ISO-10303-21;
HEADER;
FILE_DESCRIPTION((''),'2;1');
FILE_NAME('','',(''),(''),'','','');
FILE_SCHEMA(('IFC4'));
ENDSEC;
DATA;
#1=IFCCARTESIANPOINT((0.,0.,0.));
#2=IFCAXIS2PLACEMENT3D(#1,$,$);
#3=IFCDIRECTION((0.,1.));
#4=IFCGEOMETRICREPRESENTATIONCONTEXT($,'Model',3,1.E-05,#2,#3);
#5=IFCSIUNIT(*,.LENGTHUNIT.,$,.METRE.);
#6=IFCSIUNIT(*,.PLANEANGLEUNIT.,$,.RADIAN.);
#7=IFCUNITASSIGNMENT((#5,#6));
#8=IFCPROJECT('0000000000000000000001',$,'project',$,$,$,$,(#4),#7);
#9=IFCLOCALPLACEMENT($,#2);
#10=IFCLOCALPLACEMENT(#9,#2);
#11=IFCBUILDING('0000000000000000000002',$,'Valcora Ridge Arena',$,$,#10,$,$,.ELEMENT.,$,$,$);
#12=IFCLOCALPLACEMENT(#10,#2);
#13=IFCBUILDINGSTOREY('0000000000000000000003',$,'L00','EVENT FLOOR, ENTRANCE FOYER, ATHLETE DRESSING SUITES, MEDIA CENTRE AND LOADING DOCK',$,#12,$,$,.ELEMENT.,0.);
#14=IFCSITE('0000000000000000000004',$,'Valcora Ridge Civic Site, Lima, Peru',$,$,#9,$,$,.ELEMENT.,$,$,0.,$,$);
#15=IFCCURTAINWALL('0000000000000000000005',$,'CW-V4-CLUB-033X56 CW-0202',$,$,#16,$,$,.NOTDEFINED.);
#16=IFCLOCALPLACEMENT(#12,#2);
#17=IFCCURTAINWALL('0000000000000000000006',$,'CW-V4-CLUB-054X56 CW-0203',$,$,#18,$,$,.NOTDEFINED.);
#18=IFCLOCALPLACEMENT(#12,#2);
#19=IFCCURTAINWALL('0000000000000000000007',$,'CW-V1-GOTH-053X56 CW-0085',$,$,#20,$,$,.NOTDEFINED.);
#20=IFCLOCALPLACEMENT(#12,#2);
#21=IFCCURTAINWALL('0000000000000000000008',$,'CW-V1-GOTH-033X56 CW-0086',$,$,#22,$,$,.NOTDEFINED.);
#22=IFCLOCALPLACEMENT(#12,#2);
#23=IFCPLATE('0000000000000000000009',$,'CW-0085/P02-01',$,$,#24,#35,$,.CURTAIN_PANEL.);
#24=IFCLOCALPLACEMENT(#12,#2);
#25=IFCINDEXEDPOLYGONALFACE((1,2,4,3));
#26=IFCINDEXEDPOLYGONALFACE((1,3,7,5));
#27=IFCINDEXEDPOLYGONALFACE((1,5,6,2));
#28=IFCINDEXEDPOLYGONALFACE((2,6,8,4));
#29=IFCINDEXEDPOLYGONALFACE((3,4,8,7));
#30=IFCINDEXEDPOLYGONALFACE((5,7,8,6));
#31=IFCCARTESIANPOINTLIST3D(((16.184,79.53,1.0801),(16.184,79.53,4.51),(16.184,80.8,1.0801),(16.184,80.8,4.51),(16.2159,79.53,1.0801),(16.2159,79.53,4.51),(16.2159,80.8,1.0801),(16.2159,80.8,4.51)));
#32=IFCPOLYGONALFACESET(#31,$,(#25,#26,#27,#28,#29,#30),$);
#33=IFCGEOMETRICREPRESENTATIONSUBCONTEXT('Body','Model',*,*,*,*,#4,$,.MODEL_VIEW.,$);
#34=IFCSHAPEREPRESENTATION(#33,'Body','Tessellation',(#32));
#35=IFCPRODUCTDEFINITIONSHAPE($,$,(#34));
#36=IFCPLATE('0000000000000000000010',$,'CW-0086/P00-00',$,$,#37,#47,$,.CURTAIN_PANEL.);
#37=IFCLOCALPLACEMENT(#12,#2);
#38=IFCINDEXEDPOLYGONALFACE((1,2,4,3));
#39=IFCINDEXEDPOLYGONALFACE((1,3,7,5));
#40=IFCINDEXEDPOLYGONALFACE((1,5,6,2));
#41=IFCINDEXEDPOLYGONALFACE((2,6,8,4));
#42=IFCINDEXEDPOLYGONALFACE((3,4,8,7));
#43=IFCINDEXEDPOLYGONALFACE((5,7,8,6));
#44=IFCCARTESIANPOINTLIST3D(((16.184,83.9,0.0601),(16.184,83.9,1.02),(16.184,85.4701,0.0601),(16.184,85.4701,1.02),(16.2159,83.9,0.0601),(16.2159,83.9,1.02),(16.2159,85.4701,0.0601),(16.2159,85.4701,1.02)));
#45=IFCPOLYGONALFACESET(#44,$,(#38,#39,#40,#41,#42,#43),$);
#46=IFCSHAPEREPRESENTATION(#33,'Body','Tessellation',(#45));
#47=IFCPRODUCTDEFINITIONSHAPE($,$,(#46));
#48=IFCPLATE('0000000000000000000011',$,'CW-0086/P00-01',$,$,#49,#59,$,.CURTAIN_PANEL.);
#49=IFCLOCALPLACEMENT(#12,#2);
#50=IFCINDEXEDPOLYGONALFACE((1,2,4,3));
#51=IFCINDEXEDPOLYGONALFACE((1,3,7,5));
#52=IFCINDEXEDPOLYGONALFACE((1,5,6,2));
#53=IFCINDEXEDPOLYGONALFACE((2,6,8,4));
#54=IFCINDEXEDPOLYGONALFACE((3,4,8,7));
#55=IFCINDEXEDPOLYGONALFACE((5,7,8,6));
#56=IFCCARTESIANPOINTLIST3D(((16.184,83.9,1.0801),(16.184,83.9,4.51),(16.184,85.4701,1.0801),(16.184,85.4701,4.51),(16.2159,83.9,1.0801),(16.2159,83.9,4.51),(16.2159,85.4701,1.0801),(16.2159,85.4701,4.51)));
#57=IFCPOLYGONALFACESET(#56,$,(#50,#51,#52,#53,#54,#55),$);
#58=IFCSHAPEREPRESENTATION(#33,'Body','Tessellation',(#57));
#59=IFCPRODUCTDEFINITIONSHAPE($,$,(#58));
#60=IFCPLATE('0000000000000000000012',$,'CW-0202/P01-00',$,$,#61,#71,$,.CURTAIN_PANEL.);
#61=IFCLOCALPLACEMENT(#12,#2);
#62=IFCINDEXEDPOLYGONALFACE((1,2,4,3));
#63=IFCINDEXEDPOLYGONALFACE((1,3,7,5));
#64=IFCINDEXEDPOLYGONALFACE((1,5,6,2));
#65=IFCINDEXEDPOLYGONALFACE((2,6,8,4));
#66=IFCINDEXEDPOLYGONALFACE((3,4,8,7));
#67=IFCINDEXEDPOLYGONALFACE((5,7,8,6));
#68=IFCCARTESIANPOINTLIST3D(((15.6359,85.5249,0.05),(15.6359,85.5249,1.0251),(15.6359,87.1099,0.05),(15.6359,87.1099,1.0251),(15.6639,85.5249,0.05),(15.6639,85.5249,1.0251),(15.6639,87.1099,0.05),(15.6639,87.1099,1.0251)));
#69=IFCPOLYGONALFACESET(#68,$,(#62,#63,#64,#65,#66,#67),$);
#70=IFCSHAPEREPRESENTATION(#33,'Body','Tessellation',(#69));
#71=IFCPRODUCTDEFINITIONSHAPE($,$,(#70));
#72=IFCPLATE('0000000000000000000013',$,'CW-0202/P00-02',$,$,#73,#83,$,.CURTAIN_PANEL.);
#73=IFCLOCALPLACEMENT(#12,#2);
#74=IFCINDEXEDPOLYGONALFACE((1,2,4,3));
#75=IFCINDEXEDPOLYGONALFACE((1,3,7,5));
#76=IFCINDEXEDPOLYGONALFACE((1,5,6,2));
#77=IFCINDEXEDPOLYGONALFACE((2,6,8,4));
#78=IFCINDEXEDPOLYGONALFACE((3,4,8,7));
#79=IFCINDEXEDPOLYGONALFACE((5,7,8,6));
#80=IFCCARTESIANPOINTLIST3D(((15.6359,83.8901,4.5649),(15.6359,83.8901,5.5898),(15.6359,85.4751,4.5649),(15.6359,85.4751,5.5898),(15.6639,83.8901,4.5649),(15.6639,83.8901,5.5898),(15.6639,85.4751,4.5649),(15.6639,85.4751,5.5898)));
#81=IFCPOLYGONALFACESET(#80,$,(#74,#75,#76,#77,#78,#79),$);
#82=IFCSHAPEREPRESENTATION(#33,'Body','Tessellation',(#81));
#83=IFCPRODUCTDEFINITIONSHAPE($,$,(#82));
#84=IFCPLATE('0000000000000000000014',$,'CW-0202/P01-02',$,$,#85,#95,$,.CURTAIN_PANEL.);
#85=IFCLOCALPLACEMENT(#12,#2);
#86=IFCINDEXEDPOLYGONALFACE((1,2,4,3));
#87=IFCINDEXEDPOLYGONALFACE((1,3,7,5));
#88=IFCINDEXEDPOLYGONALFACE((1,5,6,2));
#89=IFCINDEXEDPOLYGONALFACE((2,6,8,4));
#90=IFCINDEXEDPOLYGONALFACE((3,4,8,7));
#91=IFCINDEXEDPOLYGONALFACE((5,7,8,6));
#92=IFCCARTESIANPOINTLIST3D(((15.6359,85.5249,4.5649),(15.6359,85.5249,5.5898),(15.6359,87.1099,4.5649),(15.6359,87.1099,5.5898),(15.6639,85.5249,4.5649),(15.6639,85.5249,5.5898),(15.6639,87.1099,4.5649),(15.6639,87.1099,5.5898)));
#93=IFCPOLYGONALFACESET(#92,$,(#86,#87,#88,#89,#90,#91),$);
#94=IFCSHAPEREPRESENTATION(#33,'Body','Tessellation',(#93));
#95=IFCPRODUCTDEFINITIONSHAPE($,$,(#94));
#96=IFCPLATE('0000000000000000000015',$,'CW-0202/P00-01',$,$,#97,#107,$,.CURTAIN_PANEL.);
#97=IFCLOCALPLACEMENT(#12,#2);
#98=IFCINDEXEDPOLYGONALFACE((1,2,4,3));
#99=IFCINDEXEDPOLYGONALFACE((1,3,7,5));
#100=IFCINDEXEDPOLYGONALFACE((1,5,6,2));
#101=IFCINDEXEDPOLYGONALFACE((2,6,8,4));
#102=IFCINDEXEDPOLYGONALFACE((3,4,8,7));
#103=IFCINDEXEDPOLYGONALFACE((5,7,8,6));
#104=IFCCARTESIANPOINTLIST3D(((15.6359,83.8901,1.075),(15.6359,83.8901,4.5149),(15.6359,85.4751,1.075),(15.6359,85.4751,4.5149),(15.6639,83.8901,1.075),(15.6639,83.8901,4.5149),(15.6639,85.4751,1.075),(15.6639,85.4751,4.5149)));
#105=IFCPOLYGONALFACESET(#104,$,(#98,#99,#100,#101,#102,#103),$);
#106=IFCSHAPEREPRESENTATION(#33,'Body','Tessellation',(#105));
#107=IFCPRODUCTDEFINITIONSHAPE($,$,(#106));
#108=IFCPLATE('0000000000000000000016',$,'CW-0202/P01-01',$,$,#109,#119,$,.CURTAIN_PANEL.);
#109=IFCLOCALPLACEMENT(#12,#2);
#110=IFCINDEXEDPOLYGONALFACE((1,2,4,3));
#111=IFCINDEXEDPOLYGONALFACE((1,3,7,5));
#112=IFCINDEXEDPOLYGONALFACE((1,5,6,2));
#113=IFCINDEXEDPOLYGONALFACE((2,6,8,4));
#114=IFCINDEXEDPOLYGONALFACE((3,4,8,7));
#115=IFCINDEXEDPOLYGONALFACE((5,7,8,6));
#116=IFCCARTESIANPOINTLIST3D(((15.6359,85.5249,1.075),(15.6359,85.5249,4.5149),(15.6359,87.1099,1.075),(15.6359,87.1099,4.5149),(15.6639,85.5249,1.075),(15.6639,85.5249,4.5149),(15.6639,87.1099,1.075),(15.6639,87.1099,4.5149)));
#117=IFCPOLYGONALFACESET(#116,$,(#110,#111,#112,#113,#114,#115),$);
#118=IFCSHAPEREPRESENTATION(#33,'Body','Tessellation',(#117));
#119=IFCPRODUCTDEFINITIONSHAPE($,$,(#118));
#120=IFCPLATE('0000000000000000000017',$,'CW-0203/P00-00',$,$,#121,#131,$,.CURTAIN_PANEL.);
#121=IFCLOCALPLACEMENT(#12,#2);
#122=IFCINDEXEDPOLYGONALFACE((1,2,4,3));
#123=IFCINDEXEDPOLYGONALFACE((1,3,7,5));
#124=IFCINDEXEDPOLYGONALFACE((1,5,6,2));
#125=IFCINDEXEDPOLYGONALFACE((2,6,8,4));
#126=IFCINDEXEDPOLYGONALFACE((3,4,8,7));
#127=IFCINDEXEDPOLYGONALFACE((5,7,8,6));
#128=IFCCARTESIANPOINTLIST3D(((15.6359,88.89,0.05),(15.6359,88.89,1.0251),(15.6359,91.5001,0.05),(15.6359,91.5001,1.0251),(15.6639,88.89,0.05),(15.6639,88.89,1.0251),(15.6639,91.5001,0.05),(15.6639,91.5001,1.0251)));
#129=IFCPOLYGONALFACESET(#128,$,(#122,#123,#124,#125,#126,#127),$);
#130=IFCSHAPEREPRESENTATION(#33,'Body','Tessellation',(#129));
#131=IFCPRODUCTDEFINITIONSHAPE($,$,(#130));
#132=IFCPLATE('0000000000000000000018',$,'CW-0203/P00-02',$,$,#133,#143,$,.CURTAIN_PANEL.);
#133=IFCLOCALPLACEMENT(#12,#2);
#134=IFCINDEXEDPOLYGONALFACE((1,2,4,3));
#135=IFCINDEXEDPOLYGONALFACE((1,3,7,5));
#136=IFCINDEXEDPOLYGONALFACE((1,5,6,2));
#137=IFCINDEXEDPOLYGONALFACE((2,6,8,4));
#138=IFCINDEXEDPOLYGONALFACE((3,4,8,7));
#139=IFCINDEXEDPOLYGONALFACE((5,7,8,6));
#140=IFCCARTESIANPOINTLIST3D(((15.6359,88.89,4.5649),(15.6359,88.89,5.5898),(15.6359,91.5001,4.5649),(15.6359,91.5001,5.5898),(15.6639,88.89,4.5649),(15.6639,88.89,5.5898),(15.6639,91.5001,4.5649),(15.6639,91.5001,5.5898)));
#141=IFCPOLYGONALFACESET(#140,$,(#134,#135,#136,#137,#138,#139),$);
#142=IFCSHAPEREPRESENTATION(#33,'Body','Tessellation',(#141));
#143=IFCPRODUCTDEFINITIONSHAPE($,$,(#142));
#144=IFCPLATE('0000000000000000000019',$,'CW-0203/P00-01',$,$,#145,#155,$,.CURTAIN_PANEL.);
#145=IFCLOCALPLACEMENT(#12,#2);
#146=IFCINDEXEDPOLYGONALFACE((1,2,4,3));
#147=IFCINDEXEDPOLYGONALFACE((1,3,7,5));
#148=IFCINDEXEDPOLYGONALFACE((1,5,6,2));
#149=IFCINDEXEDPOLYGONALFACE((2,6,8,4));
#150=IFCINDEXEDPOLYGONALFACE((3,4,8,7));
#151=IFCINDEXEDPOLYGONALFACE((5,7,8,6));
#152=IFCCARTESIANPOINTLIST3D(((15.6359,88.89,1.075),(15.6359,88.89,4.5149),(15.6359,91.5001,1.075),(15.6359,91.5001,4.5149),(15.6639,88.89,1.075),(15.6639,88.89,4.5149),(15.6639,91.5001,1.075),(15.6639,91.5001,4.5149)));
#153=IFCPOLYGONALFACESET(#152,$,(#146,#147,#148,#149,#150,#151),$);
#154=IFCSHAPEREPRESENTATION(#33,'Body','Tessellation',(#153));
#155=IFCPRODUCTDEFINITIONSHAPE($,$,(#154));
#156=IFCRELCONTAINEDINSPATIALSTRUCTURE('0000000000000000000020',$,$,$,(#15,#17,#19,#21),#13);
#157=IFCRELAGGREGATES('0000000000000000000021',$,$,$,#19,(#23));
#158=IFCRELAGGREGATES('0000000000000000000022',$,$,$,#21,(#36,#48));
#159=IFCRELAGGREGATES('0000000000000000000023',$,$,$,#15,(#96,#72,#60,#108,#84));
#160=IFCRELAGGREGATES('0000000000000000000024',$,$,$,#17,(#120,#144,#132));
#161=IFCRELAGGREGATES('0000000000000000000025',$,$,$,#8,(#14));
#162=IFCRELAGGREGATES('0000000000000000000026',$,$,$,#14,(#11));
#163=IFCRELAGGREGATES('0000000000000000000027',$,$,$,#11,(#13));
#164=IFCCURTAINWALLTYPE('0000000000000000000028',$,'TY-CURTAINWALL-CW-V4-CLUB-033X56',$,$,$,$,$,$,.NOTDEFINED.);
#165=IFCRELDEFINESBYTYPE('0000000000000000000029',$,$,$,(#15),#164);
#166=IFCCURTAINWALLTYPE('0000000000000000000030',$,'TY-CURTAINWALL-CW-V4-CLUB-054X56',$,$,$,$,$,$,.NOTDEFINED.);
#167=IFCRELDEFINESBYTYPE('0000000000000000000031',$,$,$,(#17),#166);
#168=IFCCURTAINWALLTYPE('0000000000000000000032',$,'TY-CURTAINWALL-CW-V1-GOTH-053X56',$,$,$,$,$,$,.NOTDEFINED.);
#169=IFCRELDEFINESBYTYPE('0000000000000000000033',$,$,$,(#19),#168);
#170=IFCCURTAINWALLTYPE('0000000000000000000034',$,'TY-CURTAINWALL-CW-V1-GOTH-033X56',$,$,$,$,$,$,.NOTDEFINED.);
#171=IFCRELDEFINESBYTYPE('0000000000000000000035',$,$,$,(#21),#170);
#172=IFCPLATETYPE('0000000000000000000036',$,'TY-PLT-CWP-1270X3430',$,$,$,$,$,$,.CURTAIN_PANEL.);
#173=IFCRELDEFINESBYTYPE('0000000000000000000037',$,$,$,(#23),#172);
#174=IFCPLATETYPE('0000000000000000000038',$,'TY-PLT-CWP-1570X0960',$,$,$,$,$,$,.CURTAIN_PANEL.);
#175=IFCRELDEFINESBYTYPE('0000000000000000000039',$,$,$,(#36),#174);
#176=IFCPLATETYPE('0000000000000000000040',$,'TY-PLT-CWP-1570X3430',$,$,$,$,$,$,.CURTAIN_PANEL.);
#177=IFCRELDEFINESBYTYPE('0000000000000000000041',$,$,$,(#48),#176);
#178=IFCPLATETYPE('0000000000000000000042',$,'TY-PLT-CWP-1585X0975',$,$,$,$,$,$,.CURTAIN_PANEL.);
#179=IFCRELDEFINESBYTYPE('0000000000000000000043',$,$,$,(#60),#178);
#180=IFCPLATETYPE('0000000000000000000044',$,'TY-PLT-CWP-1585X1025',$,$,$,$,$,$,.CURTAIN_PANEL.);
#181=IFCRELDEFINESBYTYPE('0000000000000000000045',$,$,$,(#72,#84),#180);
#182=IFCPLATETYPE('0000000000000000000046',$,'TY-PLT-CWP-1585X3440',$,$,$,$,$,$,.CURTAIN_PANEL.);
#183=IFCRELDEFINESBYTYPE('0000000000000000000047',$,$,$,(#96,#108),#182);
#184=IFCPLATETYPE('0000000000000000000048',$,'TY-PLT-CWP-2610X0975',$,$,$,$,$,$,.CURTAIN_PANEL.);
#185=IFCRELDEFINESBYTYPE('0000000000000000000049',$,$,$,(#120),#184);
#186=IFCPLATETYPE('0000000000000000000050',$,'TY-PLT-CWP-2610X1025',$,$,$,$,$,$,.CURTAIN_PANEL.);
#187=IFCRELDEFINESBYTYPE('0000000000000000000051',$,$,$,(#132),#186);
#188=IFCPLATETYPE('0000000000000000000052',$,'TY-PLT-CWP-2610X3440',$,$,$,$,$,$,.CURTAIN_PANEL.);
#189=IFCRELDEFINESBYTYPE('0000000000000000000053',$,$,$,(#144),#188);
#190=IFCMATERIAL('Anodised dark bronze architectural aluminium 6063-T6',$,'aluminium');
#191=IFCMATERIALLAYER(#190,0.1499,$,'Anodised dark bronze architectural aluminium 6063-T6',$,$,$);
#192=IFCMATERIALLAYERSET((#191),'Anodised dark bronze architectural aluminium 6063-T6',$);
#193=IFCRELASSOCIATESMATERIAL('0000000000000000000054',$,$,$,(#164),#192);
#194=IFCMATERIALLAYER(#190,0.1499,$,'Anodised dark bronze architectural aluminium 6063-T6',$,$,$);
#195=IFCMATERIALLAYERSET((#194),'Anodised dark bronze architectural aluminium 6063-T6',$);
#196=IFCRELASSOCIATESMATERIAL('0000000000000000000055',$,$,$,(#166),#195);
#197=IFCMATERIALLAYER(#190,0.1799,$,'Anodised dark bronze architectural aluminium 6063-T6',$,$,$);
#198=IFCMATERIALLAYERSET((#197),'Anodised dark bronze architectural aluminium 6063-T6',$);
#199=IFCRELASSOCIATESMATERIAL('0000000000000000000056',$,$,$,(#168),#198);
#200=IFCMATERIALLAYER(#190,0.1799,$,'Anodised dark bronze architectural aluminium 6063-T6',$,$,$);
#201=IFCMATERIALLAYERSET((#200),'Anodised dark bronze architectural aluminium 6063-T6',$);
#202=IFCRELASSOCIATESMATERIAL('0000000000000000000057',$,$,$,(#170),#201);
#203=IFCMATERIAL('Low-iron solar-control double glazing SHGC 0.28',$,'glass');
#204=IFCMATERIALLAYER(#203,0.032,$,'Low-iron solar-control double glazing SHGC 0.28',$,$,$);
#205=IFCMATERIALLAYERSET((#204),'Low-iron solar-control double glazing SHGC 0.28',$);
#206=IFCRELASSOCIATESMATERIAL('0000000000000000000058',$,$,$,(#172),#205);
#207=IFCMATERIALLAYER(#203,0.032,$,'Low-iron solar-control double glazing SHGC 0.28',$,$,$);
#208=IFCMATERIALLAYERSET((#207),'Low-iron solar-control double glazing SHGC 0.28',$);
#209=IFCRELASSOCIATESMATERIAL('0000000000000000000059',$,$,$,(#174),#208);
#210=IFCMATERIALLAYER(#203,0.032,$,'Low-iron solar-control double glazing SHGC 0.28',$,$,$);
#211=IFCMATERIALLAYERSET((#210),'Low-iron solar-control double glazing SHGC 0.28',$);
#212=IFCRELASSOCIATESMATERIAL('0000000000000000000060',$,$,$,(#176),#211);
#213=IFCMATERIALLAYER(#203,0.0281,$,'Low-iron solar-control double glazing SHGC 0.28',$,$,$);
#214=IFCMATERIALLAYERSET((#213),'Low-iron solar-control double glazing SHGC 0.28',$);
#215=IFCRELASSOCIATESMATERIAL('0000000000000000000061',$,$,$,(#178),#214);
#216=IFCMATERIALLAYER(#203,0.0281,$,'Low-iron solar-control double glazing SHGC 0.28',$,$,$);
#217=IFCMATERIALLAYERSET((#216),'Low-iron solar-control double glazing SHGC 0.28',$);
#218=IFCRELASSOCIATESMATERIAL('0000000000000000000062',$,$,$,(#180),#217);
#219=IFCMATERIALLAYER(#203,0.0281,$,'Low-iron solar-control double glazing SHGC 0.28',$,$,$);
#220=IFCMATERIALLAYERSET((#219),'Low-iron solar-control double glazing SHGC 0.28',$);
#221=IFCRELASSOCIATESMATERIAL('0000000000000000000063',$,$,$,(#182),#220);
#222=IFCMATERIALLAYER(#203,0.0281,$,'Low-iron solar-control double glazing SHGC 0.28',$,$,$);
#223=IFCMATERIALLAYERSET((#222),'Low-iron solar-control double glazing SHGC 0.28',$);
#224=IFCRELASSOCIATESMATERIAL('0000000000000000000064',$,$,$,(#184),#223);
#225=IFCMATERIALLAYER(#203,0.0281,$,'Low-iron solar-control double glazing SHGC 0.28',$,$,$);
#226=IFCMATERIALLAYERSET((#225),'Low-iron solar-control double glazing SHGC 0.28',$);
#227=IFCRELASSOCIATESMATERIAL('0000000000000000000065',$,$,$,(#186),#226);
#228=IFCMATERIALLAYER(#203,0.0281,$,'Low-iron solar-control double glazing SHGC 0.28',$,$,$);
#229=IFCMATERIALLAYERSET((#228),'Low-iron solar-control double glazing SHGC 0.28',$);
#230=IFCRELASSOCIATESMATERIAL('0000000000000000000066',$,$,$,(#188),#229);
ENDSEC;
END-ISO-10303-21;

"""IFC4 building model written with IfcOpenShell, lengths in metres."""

from ifc_helpers import new_model, si_unit, direction, frame, origin, origin_2d, place, context, subcontext, project, spatial, rectangle, extrude, material, layer, layer_set, type_object, element, aggregate, save


model = new_model("IFC4")

# Units and contexts
model_context = context("Model", 3, precision=1e-05, world=origin(), true_north=direction((0.0, 1.0)))
body_context = subcontext(model_context, "Body", "Model", "MODEL_VIEW")
ifc_project = project(units=[si_unit("LENGTHUNIT", "METRE"), si_unit("PLANEANGLEUNIT", "RADIAN")], contexts=[model_context])

# Site, building, storey
site_placement = place(None, origin())
site = spatial("IfcSite", under=ifc_project, at=site_placement, Name="Valcora Ridge Civic Site, Lima, Peru", CompositionType="ELEMENT", RefElevation=0.0)
building_placement = place(site_placement, origin())
building = spatial("IfcBuilding", under=site, at=building_placement, Name="Valcora Ridge Arena", CompositionType="ELEMENT")
storey_placement = place(building_placement, origin())
storey = spatial("IfcBuildingStorey", under=building, at=storey_placement, Name="L00", Description="EVENT FLOOR, ENTRANCE FOYER, ATHLETE DRESSING SUITES, MEDIA CENTRE AND LOADING DOCK", CompositionType="ELEMENT", Elevation=0.0)

# Curtain wall
ifc_material_1 = material(Name="Anodised dark bronze architectural aluminium 6063-T6", Category="aluminium")
ifc_layer_1 = layer(ifc_material_1, 0.1499, Name="Anodised dark bronze architectural aluminium 6063-T6")
ifc_layer_set_1 = layer_set([ifc_layer_1], Name="Anodised dark bronze architectural aluminium 6063-T6")
curtain_wall_type_1 = type_object("IfcCurtainWallType", Name="TY-CURTAINWALL-CW-V4-CLUB-033X56", PredefinedType="NOTDEFINED", material=ifc_layer_set_1)
curtain_wall_1_placement = place(storey_placement, origin())
curtain_wall_1 = element("IfcCurtainWall", 1, at=curtain_wall_1_placement, inside=storey, type_object=curtain_wall_type_1, Name="CW-V4-CLUB-033X56 CW-0202", PredefinedType="NOTDEFINED")

# Curtain wall
ifc_layer_2 = layer(ifc_material_1, 0.1499, Name="Anodised dark bronze architectural aluminium 6063-T6")
ifc_layer_set_2 = layer_set([ifc_layer_2], Name="Anodised dark bronze architectural aluminium 6063-T6")
curtain_wall_type_2 = type_object("IfcCurtainWallType", Name="TY-CURTAINWALL-CW-V4-CLUB-054X56", PredefinedType="NOTDEFINED", material=ifc_layer_set_2)
curtain_wall_2_placement = place(storey_placement, origin())
curtain_wall_2 = element("IfcCurtainWall", 2, at=curtain_wall_2_placement, inside=storey, type_object=curtain_wall_type_2, Name="CW-V4-CLUB-054X56 CW-0203", PredefinedType="NOTDEFINED")

# Curtain wall
ifc_layer_3 = layer(ifc_material_1, 0.1799, Name="Anodised dark bronze architectural aluminium 6063-T6")
ifc_layer_set_3 = layer_set([ifc_layer_3], Name="Anodised dark bronze architectural aluminium 6063-T6")
curtain_wall_type_3 = type_object("IfcCurtainWallType", Name="TY-CURTAINWALL-CW-V1-GOTH-053X56", PredefinedType="NOTDEFINED", material=ifc_layer_set_3)
curtain_wall_3_placement = place(storey_placement, origin())
curtain_wall_3 = element("IfcCurtainWall", 3, at=curtain_wall_3_placement, inside=storey, type_object=curtain_wall_type_3, Name="CW-V1-GOTH-053X56 CW-0085", PredefinedType="NOTDEFINED")

# Curtain wall
ifc_layer_4 = layer(ifc_material_1, 0.1799, Name="Anodised dark bronze architectural aluminium 6063-T6")
ifc_layer_set_4 = layer_set([ifc_layer_4], Name="Anodised dark bronze architectural aluminium 6063-T6")
curtain_wall_type_4 = type_object("IfcCurtainWallType", Name="TY-CURTAINWALL-CW-V1-GOTH-033X56", PredefinedType="NOTDEFINED", material=ifc_layer_set_4)
curtain_wall_4_placement = place(storey_placement, origin())
curtain_wall_4 = element("IfcCurtainWall", 4, at=curtain_wall_4_placement, inside=storey, type_object=curtain_wall_type_4, Name="CW-V1-GOTH-033X56 CW-0086", PredefinedType="NOTDEFINED")

# Plates
ifc_material_2 = material(Name="Low-iron solar-control double glazing SHGC 0.28", Category="glass")
ifc_layer_5 = layer(ifc_material_2, 0.032, Name="Low-iron solar-control double glazing SHGC 0.28")
ifc_layer_set_5 = layer_set([ifc_layer_5], Name="Low-iron solar-control double glazing SHGC 0.28")
plate_type_1 = type_object("IfcPlateType", Name="TY-PLT-CWP-1270X3430", PredefinedType="CURTAIN_PANEL", material=ifc_layer_set_5)
plate_1_placement = place(storey_placement, frame((16.2, 80.165, 1.0801), z_axis=(0.0, 0.0, 1.0), x_axis=(0.0, 1.0, 0.0)))
plate_1 = element("IfcPlate", 5, at=plate_1_placement, type_object=plate_type_1, Name="CW-0085/P02-01", PredefinedType="CURTAIN_PANEL", context=body_context, shape_type="SweptSolid", body=[
    extrude(rectangle(XDim=1.27, YDim=0.032, at=origin_2d()), origin(), (0.0, 0.0, 1.0), 3.4299),
])
aggregate(curtain_wall_3, [plate_1])
ifc_layer_6 = layer(ifc_material_2, 0.032, Name="Low-iron solar-control double glazing SHGC 0.28")
ifc_layer_set_6 = layer_set([ifc_layer_6], Name="Low-iron solar-control double glazing SHGC 0.28")
plate_type_2 = type_object("IfcPlateType", Name="TY-PLT-CWP-1570X0960", PredefinedType="CURTAIN_PANEL", material=ifc_layer_set_6)
plate_2_placement = place(storey_placement, frame((16.2, 84.6851, 0.0601), z_axis=(0.0, 0.0, 1.0), x_axis=(0.0, 1.0, 0.0)))
plate_2 = element("IfcPlate", 6, at=plate_2_placement, type_object=plate_type_2, Name="CW-0086/P00-00", PredefinedType="CURTAIN_PANEL", context=body_context, shape_type="SweptSolid", body=[
    extrude(rectangle(XDim=1.5701, YDim=0.032, at=origin_2d()), origin(), (0.0, 0.0, 1.0), 0.96),
])
ifc_layer_7 = layer(ifc_material_2, 0.032, Name="Low-iron solar-control double glazing SHGC 0.28")
ifc_layer_set_7 = layer_set([ifc_layer_7], Name="Low-iron solar-control double glazing SHGC 0.28")
plate_type_3 = type_object("IfcPlateType", Name="TY-PLT-CWP-1570X3430", PredefinedType="CURTAIN_PANEL", material=ifc_layer_set_7)
plate_3_placement = place(storey_placement, frame((16.2, 84.6851, 1.0801), z_axis=(0.0, 0.0, 1.0), x_axis=(0.0, 1.0, 0.0)))
plate_3 = element("IfcPlate", 7, at=plate_3_placement, type_object=plate_type_3, Name="CW-0086/P00-01", PredefinedType="CURTAIN_PANEL", context=body_context, shape_type="SweptSolid", body=[
    extrude(rectangle(XDim=1.5701, YDim=0.032, at=origin_2d()), origin(), (0.0, 0.0, 1.0), 3.4299),
])
aggregate(curtain_wall_4, [plate_2, plate_3])
ifc_layer_8 = layer(ifc_material_2, 0.0281, Name="Low-iron solar-control double glazing SHGC 0.28")
ifc_layer_set_8 = layer_set([ifc_layer_8], Name="Low-iron solar-control double glazing SHGC 0.28")
plate_type_4 = type_object("IfcPlateType", Name="TY-PLT-CWP-1585X0975", PredefinedType="CURTAIN_PANEL", material=ifc_layer_set_8)
plate_4_placement = place(storey_placement, frame((15.6499, 86.3174, 0.05), z_axis=(0.0, 0.0, 1.0), x_axis=(0.0, 1.0, 0.0)))
plate_4 = element("IfcPlate", 8, at=plate_4_placement, type_object=plate_type_4, Name="CW-0202/P01-00", PredefinedType="CURTAIN_PANEL", context=body_context, shape_type="SweptSolid", body=[
    extrude(rectangle(XDim=1.585, YDim=0.0281, at=origin_2d()), origin(), (0.0, 0.0, 1.0), 0.9751),
])
ifc_layer_9 = layer(ifc_material_2, 0.0281, Name="Low-iron solar-control double glazing SHGC 0.28")
ifc_layer_set_9 = layer_set([ifc_layer_9], Name="Low-iron solar-control double glazing SHGC 0.28")
plate_type_5 = type_object("IfcPlateType", Name="TY-PLT-CWP-1585X1025", PredefinedType="CURTAIN_PANEL", material=ifc_layer_set_9)
plate_5_placement = place(storey_placement, frame((15.6499, 84.6826, 4.5649), z_axis=(0.0, 0.0, 1.0), x_axis=(0.0, 1.0, 0.0)))
plate_5 = element("IfcPlate", 9, at=plate_5_placement, type_object=plate_type_5, Name="CW-0202/P00-02", PredefinedType="CURTAIN_PANEL", context=body_context, shape_type="SweptSolid", body=[
    extrude(rectangle(XDim=1.585, YDim=0.0281, at=origin_2d()), origin(), (0.0, 0.0, 1.0), 1.0249),
])
plate_6_placement = place(storey_placement, frame((15.6499, 86.3174, 4.5649), z_axis=(0.0, 0.0, 1.0), x_axis=(0.0, 1.0, 0.0)))
plate_6 = element("IfcPlate", 10, at=plate_6_placement, type_object=plate_type_5, Name="CW-0202/P01-02", PredefinedType="CURTAIN_PANEL", context=body_context, shape_type="SweptSolid", body=[
    extrude(rectangle(XDim=1.585, YDim=0.0281, at=origin_2d()), origin(), (0.0, 0.0, 1.0), 1.0249),
])
ifc_layer_10 = layer(ifc_material_2, 0.0281, Name="Low-iron solar-control double glazing SHGC 0.28")
ifc_layer_set_10 = layer_set([ifc_layer_10], Name="Low-iron solar-control double glazing SHGC 0.28")
plate_type_6 = type_object("IfcPlateType", Name="TY-PLT-CWP-1585X3440", PredefinedType="CURTAIN_PANEL", material=ifc_layer_set_10)
plate_7_placement = place(storey_placement, frame((15.6499, 84.6826, 1.075), z_axis=(0.0, 0.0, 1.0), x_axis=(0.0, 1.0, 0.0)))
plate_7 = element("IfcPlate", 11, at=plate_7_placement, type_object=plate_type_6, Name="CW-0202/P00-01", PredefinedType="CURTAIN_PANEL", context=body_context, shape_type="SweptSolid", body=[
    extrude(rectangle(XDim=1.585, YDim=0.0281, at=origin_2d()), origin(), (0.0, 0.0, 1.0), 3.4399),
])
plate_8_placement = place(storey_placement, frame((15.6499, 86.3174, 1.075), z_axis=(0.0, 0.0, 1.0), x_axis=(0.0, 1.0, 0.0)))
plate_8 = element("IfcPlate", 12, at=plate_8_placement, type_object=plate_type_6, Name="CW-0202/P01-01", PredefinedType="CURTAIN_PANEL", context=body_context, shape_type="SweptSolid", body=[
    extrude(rectangle(XDim=1.585, YDim=0.0281, at=origin_2d()), origin(), (0.0, 0.0, 1.0), 3.4399),
])
aggregate(curtain_wall_1, [plate_7, plate_5, plate_4, plate_8, plate_6])
ifc_layer_11 = layer(ifc_material_2, 0.0281, Name="Low-iron solar-control double glazing SHGC 0.28")
ifc_layer_set_11 = layer_set([ifc_layer_11], Name="Low-iron solar-control double glazing SHGC 0.28")
plate_type_7 = type_object("IfcPlateType", Name="TY-PLT-CWP-2610X0975", PredefinedType="CURTAIN_PANEL", material=ifc_layer_set_11)
plate_9_placement = place(storey_placement, frame((15.6499, 90.1951, 0.05), z_axis=(0.0, 0.0, 1.0), x_axis=(0.0, 1.0, 0.0)))
plate_9 = element("IfcPlate", 13, at=plate_9_placement, type_object=plate_type_7, Name="CW-0203/P00-00", PredefinedType="CURTAIN_PANEL", context=body_context, shape_type="SweptSolid", body=[
    extrude(rectangle(XDim=2.6101, YDim=0.0281, at=origin_2d()), origin(), (0.0, 0.0, 1.0), 0.9751),
])
ifc_layer_12 = layer(ifc_material_2, 0.0281, Name="Low-iron solar-control double glazing SHGC 0.28")
ifc_layer_set_12 = layer_set([ifc_layer_12], Name="Low-iron solar-control double glazing SHGC 0.28")
plate_type_8 = type_object("IfcPlateType", Name="TY-PLT-CWP-2610X1025", PredefinedType="CURTAIN_PANEL", material=ifc_layer_set_12)
plate_10_placement = place(storey_placement, frame((15.6499, 90.1951, 4.5649), z_axis=(0.0, 0.0, 1.0), x_axis=(0.0, 1.0, 0.0)))
plate_10 = element("IfcPlate", 14, at=plate_10_placement, type_object=plate_type_8, Name="CW-0203/P00-02", PredefinedType="CURTAIN_PANEL", context=body_context, shape_type="SweptSolid", body=[
    extrude(rectangle(XDim=2.6101, YDim=0.0281, at=origin_2d()), origin(), (0.0, 0.0, 1.0), 1.0249),
])
ifc_layer_13 = layer(ifc_material_2, 0.0281, Name="Low-iron solar-control double glazing SHGC 0.28")
ifc_layer_set_13 = layer_set([ifc_layer_13], Name="Low-iron solar-control double glazing SHGC 0.28")
plate_type_9 = type_object("IfcPlateType", Name="TY-PLT-CWP-2610X3440", PredefinedType="CURTAIN_PANEL", material=ifc_layer_set_13)
plate_11_placement = place(storey_placement, frame((15.6499, 90.1951, 1.075), z_axis=(0.0, 0.0, 1.0), x_axis=(0.0, 1.0, 0.0)))
plate_11 = element("IfcPlate", 15, at=plate_11_placement, type_object=plate_type_9, Name="CW-0203/P00-01", PredefinedType="CURTAIN_PANEL", context=body_context, shape_type="SweptSolid", body=[
    extrude(rectangle(XDim=2.6101, YDim=0.0281, at=origin_2d()), origin(), (0.0, 0.0, 1.0), 3.4399),
])
aggregate(curtain_wall_2, [plate_9, plate_11, plate_10])

save(model, "model.ifc")
